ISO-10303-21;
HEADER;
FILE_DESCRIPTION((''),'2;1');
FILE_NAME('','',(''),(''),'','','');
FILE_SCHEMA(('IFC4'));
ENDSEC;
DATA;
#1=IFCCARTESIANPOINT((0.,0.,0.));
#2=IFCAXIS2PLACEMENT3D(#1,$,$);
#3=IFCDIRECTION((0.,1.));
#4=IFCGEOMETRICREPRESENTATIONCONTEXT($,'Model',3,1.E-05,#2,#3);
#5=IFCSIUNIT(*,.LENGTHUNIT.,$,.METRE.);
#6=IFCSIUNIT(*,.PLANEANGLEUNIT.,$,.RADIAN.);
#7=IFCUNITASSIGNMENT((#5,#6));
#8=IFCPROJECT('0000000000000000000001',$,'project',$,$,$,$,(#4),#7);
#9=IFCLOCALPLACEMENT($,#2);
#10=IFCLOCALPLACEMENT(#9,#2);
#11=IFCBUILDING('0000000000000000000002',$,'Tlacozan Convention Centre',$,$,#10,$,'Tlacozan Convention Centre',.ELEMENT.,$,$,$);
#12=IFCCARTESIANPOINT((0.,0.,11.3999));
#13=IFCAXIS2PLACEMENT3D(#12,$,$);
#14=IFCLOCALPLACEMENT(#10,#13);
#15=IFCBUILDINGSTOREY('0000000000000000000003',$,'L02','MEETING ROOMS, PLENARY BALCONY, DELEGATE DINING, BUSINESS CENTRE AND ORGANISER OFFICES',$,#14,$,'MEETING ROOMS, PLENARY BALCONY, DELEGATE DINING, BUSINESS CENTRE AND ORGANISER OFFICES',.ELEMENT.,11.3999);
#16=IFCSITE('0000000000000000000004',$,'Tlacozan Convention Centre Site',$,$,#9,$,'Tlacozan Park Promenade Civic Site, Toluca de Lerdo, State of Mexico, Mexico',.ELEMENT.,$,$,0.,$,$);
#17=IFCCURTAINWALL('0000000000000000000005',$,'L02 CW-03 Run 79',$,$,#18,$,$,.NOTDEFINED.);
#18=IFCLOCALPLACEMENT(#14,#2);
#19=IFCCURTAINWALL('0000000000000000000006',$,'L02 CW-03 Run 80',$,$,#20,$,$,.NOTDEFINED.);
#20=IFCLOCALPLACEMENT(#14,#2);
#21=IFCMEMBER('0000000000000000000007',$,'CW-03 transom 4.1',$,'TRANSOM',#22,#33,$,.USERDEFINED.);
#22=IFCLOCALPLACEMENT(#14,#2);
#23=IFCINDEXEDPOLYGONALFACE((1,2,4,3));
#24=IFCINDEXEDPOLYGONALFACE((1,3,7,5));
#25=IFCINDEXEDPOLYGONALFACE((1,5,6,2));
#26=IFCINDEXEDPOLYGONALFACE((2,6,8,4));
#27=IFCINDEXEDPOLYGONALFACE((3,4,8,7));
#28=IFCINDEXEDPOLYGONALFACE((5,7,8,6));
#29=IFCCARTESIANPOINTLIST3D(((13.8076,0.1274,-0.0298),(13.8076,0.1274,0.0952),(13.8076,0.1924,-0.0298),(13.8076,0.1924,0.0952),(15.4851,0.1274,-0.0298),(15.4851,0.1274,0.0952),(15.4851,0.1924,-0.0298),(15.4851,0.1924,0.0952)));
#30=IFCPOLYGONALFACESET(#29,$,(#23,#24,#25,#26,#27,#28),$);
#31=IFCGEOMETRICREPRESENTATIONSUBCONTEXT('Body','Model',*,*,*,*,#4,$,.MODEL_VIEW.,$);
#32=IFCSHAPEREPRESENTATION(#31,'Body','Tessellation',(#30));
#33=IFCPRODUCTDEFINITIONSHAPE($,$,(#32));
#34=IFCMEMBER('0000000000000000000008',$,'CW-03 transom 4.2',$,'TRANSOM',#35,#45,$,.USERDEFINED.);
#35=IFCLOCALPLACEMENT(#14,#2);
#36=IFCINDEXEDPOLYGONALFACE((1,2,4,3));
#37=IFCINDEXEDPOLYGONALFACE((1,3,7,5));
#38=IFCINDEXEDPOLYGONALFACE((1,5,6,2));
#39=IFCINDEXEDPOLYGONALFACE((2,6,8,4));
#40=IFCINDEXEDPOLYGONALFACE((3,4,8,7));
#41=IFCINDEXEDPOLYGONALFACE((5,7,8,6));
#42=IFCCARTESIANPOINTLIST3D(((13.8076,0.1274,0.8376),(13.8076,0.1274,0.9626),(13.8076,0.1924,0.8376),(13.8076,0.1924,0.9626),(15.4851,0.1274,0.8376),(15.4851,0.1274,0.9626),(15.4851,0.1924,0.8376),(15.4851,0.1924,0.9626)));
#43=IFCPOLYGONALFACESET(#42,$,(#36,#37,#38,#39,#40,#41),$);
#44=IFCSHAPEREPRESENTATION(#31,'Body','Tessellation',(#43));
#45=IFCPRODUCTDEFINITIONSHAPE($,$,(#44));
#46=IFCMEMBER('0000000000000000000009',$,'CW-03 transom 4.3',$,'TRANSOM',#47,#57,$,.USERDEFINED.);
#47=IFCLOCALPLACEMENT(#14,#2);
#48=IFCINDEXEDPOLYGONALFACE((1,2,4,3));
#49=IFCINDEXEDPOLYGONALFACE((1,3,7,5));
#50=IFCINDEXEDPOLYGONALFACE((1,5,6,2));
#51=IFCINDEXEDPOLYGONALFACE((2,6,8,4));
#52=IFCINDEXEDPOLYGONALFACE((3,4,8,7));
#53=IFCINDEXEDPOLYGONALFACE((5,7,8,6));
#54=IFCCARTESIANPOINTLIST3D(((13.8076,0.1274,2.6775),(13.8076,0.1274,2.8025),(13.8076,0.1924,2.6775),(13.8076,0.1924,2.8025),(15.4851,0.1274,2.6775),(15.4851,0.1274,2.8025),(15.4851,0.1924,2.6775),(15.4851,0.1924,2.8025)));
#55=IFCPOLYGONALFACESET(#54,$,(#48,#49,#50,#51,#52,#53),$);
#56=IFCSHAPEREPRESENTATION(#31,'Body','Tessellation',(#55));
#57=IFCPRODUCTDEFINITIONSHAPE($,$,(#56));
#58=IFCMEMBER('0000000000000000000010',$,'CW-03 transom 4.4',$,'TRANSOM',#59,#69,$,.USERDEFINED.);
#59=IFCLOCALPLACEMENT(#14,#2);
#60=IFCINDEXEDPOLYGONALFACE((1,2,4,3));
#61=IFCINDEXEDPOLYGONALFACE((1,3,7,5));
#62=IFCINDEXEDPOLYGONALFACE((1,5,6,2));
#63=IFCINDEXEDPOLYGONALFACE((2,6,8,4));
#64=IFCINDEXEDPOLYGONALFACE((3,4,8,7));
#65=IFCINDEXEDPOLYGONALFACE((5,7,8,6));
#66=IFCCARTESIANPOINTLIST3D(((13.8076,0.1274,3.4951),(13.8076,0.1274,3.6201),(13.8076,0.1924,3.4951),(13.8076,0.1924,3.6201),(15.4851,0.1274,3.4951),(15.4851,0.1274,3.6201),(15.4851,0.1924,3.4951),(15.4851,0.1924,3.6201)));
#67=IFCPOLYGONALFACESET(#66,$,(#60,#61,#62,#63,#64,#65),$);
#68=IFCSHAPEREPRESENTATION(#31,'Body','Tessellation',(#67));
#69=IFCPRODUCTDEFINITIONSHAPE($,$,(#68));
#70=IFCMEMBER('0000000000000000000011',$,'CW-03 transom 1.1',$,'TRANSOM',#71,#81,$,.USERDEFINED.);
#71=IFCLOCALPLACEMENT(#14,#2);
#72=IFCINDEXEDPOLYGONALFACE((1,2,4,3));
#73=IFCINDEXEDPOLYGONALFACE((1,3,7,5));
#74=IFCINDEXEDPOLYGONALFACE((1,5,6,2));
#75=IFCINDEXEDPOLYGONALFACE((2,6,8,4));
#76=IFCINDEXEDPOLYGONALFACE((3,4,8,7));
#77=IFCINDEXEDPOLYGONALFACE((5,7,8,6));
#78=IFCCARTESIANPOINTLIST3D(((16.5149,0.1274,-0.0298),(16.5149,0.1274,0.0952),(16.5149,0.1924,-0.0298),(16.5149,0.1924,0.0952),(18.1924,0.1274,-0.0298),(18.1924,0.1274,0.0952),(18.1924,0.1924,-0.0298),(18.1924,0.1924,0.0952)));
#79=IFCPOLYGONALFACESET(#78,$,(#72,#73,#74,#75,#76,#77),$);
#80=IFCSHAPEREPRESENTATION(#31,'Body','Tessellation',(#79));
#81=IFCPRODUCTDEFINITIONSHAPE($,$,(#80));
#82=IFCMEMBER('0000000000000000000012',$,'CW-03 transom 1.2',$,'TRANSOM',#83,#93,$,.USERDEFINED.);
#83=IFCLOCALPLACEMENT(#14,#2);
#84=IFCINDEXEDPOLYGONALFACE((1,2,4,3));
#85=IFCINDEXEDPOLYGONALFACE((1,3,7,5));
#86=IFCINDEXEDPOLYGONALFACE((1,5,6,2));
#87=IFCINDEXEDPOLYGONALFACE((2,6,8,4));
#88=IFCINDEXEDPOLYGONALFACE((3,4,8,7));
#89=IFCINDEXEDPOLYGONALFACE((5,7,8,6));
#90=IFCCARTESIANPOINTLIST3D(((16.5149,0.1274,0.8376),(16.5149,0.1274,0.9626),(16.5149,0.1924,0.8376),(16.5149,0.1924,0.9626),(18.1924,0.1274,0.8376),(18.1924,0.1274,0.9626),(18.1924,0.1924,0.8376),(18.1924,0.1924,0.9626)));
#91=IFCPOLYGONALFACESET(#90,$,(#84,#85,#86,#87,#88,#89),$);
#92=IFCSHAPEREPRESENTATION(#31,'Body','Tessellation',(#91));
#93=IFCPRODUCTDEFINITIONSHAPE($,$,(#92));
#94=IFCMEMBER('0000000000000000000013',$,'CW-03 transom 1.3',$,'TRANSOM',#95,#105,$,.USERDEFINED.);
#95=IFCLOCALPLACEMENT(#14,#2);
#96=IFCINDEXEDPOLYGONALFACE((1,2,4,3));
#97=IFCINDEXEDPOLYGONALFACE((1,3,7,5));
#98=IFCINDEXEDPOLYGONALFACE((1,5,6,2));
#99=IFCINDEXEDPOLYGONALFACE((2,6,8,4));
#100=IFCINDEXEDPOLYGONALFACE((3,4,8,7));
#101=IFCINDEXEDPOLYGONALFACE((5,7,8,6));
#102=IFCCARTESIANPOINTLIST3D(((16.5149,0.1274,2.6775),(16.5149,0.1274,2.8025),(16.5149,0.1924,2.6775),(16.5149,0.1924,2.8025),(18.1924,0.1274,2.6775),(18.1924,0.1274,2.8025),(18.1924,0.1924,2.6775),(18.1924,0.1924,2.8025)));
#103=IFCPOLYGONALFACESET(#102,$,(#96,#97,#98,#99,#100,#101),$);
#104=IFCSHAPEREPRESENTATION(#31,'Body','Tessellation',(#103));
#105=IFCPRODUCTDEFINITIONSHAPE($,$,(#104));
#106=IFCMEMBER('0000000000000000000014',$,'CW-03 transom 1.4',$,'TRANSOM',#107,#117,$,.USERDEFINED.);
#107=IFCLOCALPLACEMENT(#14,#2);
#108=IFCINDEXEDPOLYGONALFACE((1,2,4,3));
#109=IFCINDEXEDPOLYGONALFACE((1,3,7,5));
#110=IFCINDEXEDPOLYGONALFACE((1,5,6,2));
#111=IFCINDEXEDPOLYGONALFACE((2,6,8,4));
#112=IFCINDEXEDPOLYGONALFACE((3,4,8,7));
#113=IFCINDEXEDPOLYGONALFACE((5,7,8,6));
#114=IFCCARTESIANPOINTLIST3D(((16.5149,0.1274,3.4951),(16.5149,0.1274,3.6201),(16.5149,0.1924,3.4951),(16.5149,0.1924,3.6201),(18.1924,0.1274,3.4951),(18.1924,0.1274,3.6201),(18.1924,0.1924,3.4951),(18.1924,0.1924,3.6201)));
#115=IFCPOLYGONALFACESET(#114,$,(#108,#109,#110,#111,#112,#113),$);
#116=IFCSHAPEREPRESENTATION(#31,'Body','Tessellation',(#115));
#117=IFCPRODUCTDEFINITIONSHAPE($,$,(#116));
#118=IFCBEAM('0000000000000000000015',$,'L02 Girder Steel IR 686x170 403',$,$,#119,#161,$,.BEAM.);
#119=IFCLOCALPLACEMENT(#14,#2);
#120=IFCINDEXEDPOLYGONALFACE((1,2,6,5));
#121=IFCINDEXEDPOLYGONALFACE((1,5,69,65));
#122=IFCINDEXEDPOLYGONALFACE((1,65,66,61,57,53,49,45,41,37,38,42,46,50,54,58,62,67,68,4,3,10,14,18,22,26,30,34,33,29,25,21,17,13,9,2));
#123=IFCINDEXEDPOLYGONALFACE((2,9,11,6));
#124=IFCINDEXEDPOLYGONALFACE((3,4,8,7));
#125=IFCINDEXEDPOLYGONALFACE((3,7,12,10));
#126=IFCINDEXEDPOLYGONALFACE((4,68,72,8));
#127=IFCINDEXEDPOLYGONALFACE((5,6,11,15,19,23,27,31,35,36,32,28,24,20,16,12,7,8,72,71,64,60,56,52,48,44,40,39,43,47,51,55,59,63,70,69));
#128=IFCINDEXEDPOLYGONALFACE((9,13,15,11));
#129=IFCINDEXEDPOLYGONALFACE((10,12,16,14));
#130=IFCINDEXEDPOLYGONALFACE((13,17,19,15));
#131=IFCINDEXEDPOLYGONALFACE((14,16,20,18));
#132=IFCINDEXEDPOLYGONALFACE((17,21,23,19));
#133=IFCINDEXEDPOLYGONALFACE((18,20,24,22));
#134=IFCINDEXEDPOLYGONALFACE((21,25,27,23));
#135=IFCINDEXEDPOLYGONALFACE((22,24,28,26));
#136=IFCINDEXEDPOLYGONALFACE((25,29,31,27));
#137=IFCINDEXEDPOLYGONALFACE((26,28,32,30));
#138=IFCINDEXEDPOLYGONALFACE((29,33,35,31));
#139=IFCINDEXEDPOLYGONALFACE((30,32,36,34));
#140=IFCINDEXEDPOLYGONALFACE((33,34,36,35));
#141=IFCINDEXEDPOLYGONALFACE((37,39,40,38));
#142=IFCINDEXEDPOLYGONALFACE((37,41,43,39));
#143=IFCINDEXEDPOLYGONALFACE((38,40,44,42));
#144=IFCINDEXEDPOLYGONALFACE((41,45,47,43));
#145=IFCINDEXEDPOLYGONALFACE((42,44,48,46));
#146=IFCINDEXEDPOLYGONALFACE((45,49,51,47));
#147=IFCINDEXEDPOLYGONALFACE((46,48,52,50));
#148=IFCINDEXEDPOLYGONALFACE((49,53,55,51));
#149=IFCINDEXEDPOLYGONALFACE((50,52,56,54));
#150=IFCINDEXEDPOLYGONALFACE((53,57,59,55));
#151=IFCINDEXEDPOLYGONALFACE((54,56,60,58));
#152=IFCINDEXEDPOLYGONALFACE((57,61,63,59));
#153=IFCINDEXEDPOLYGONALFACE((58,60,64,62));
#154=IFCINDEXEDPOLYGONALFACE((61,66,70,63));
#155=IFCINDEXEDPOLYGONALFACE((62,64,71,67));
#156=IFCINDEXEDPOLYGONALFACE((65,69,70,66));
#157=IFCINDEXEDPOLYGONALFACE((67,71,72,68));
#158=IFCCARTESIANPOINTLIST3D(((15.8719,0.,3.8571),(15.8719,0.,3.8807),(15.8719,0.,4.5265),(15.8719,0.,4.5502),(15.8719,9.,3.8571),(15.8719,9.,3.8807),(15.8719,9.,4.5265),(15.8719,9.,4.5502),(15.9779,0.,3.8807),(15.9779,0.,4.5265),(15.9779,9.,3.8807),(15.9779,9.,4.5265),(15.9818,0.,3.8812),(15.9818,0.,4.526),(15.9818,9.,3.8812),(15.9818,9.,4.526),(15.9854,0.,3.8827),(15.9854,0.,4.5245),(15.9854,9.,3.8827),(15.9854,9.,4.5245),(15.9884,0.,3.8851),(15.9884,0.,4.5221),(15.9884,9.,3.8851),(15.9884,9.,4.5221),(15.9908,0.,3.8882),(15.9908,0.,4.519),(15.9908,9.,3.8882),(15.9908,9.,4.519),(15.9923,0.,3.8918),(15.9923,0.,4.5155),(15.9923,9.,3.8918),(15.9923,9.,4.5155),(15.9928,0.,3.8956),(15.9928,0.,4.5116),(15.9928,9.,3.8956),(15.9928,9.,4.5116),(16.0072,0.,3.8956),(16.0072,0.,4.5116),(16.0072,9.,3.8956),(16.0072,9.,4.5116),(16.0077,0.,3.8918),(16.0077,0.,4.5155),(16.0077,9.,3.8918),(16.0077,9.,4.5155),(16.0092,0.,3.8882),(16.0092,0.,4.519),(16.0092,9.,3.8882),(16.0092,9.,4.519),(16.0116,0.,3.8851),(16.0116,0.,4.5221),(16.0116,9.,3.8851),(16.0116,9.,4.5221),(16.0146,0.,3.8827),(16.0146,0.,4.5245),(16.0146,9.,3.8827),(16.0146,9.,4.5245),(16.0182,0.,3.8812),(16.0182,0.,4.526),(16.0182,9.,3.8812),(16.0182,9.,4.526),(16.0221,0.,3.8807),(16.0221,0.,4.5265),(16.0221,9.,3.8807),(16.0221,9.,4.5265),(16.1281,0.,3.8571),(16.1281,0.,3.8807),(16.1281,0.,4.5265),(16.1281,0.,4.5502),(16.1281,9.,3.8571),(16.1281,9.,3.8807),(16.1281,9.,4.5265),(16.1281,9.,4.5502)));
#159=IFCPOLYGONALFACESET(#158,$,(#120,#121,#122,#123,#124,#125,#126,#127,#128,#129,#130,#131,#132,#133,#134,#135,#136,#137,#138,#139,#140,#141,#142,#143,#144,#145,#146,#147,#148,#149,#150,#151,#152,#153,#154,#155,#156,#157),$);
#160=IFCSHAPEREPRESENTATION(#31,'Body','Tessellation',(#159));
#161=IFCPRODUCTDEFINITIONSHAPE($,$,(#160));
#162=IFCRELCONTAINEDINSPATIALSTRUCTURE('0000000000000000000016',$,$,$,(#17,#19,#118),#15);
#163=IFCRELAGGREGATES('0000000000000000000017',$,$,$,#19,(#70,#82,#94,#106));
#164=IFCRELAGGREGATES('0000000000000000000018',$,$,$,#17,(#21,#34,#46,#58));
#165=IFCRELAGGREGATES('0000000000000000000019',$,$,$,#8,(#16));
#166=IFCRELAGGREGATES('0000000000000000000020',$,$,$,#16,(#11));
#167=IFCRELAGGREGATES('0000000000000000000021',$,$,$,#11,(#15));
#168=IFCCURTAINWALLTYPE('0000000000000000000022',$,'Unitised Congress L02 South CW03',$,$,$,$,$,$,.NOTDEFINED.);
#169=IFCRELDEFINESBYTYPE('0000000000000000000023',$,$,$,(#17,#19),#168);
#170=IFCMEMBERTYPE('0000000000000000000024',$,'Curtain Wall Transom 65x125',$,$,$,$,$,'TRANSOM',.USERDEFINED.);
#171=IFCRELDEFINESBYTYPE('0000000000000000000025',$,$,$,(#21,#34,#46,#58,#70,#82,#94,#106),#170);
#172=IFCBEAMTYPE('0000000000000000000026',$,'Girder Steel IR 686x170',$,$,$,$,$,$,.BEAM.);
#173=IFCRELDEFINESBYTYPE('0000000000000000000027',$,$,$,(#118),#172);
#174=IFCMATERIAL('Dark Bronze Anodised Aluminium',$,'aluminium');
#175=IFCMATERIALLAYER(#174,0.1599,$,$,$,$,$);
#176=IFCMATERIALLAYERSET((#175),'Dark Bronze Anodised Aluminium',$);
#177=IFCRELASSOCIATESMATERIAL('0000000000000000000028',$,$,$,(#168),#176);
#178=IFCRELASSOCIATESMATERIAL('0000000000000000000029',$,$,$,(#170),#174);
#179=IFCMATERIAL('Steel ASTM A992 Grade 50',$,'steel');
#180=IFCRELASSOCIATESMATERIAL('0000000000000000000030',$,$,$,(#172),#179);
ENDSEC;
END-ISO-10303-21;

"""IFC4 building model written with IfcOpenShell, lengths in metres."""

from ifc_helpers import new_model, si_unit, direction, frame, origin, origin_2d, place, context, subcontext, project, spatial, rectangle, i_section, extrude, material, layer, layer_set, material_profile, profile_set, type_object, element, aggregate, save


model = new_model("IFC4")

# Units and contexts
model_context = context("Model", 3, precision=1e-05, world=origin(), true_north=direction((0.0, 1.0)))
body_context = subcontext(model_context, "Body", "Model", "MODEL_VIEW")
ifc_project = project(units=[si_unit("LENGTHUNIT", "METRE"), si_unit("PLANEANGLEUNIT", "RADIAN")], contexts=[model_context])

# Site, building, storey
site_placement = place(None, origin())
site = spatial("IfcSite", under=ifc_project, at=site_placement, Name="Tlacozan Convention Centre Site", LongName="Tlacozan Park Promenade Civic Site, Toluca de Lerdo, State of Mexico, Mexico", CompositionType="ELEMENT", RefElevation=0.0)
building_placement = place(site_placement, origin())
building = spatial("IfcBuilding", under=site, at=building_placement, Name="Tlacozan Convention Centre", LongName="Tlacozan Convention Centre", CompositionType="ELEMENT")
storey_placement = place(building_placement, frame((0.0, 0.0, 11.3999)))
storey = spatial("IfcBuildingStorey", under=building, at=storey_placement, Name="L02", Description="MEETING ROOMS, PLENARY BALCONY, DELEGATE DINING, BUSINESS CENTRE AND ORGANISER OFFICES", LongName="MEETING ROOMS, PLENARY BALCONY, DELEGATE DINING, BUSINESS CENTRE AND ORGANISER OFFICES", CompositionType="ELEMENT", Elevation=11.3999)

# Curtain wall
ifc_material_1 = material(Name="Dark Bronze Anodised Aluminium", Category="aluminium")
ifc_layer_1 = layer(ifc_material_1, 0.1599)
ifc_layer_set_1 = layer_set([ifc_layer_1], Name="Dark Bronze Anodised Aluminium")
curtain_wall_type = type_object("IfcCurtainWallType", Name="Unitised Congress L02 South CW03", PredefinedType="NOTDEFINED", material=ifc_layer_set_1)
curtain_wall_1_placement = place(storey_placement, origin())
curtain_wall_1 = element("IfcCurtainWall", 1, at=curtain_wall_1_placement, inside=storey, type_object=curtain_wall_type, Name="L02 CW-03 Run 79", PredefinedType="NOTDEFINED")

# Curtain wall
curtain_wall_2_placement = place(storey_placement, origin())
curtain_wall_2 = element("IfcCurtainWall", 2, at=curtain_wall_2_placement, inside=storey, type_object=curtain_wall_type, Name="L02 CW-03 Run 80", PredefinedType="NOTDEFINED")

# Members
ifc_material_profile_1 = material_profile(ifc_material_1, rectangle(XDim=0.0649, YDim=0.125, at=origin_2d()), Name="ALU 65x125")
ifc_profile_set_1 = profile_set([ifc_material_profile_1], Name="Dark Bronze Anodised Aluminium")
member_type_1 = type_object("IfcMemberType", Name="Curtain Wall Transom 65x125", ElementType="TRANSOM", PredefinedType="USERDEFINED", material=ifc_profile_set_1)
member_1_placement = place(storey_placement, frame((13.8076, 0.1599, 0.0327), z_axis=(1.0, 0.0, 0.0), x_axis=(0.0, 1.0, 0.0)))
member_1 = element("IfcMember", 3, at=member_1_placement, type_object=member_type_1, Name="CW-03 transom 4.1", ObjectType="TRANSOM", PredefinedType="USERDEFINED", context=body_context, shape_type="SweptSolid", body=[
    extrude(rectangle(XDim=0.0649, YDim=0.125, at=origin_2d()), origin(), (0.0, 0.0, 1.0), 1.6775),
])
member_2_placement = place(storey_placement, frame((13.8076, 0.1599, 0.9001), z_axis=(1.0, 0.0, 0.0), x_axis=(0.0, 1.0, 0.0)))
member_2 = element("IfcMember", 4, at=member_2_placement, type_object=member_type_1, Name="CW-03 transom 4.2", ObjectType="TRANSOM", PredefinedType="USERDEFINED", context=body_context, shape_type="SweptSolid", body=[
    extrude(rectangle(XDim=0.0649, YDim=0.125, at=origin_2d()), origin(), (0.0, 0.0, 1.0), 1.6775),
])
member_3_placement = place(storey_placement, frame((13.8076, 0.1599, 2.74), z_axis=(1.0, 0.0, 0.0), x_axis=(0.0, 1.0, 0.0)))
member_3 = element("IfcMember", 5, at=member_3_placement, type_object=member_type_1, Name="CW-03 transom 4.3", ObjectType="TRANSOM", PredefinedType="USERDEFINED", context=body_context, shape_type="SweptSolid", body=[
    extrude(rectangle(XDim=0.0649, YDim=0.125, at=origin_2d()), origin(), (0.0, 0.0, 1.0), 1.6775),
])
member_4_placement = place(storey_placement, frame((13.8076, 0.1599, 3.5576), z_axis=(1.0, 0.0, 0.0), x_axis=(0.0, 1.0, 0.0)))
member_4 = element("IfcMember", 6, at=member_4_placement, type_object=member_type_1, Name="CW-03 transom 4.4", ObjectType="TRANSOM", PredefinedType="USERDEFINED", context=body_context, shape_type="SweptSolid", body=[
    extrude(rectangle(XDim=0.0649, YDim=0.125, at=origin_2d()), origin(), (0.0, 0.0, 1.0), 1.6775),
])
member_5_placement = place(storey_placement, frame((16.5149, 0.1599, 0.0327), z_axis=(1.0, 0.0, 0.0), x_axis=(0.0, 1.0, 0.0)))
member_5 = element("IfcMember", 7, at=member_5_placement, type_object=member_type_1, Name="CW-03 transom 1.1", ObjectType="TRANSOM", PredefinedType="USERDEFINED", context=body_context, shape_type="SweptSolid", body=[
    extrude(rectangle(XDim=0.0649, YDim=0.125, at=origin_2d()), origin(), (0.0, 0.0, 1.0), 1.6775),
])
member_6_placement = place(storey_placement, frame((16.5149, 0.1599, 0.9001), z_axis=(1.0, 0.0, 0.0), x_axis=(0.0, 1.0, 0.0)))
member_6 = element("IfcMember", 8, at=member_6_placement, type_object=member_type_1, Name="CW-03 transom 1.2", ObjectType="TRANSOM", PredefinedType="USERDEFINED", context=body_context, shape_type="SweptSolid", body=[
    extrude(rectangle(XDim=0.0649, YDim=0.125, at=origin_2d()), origin(), (0.0, 0.0, 1.0), 1.6775),
])
member_7_placement = place(storey_placement, frame((16.5149, 0.1599, 2.74), z_axis=(1.0, 0.0, 0.0), x_axis=(0.0, 1.0, 0.0)))
member_7 = element("IfcMember", 9, at=member_7_placement, type_object=member_type_1, Name="CW-03 transom 1.3", ObjectType="TRANSOM", PredefinedType="USERDEFINED", context=body_context, shape_type="SweptSolid", body=[
    extrude(rectangle(XDim=0.0649, YDim=0.125, at=origin_2d()), origin(), (0.0, 0.0, 1.0), 1.6775),
])
member_8_placement = place(storey_placement, frame((16.5149, 0.1599, 3.5576), z_axis=(1.0, 0.0, 0.0), x_axis=(0.0, 1.0, 0.0)))
member_8 = element("IfcMember", 10, at=member_8_placement, type_object=member_type_1, Name="CW-03 transom 1.4", ObjectType="TRANSOM", PredefinedType="USERDEFINED", context=body_context, shape_type="SweptSolid", body=[
    extrude(rectangle(XDim=0.0649, YDim=0.125, at=origin_2d()), origin(), (0.0, 0.0, 1.0), 1.6775),
])
aggregate(curtain_wall_2, [member_5, member_6, member_7, member_8])

# Beam
ifc_material_2 = material(Name="Steel ASTM A992 Grade 50", Category="steel")
ifc_material_profile_2 = material_profile(ifc_material_2, i_section(OverallWidth=0.2561, OverallDepth=0.6931, WebThickness=0.0144, FlangeThickness=0.0237, FilletRadius=0.0149, at=origin_2d()), Name="IR 686x170.0")
ifc_profile_set_2 = profile_set([ifc_material_profile_2], Name="Steel ASTM A992 Grade 50")
beam_type_1 = type_object("IfcBeamType", Name="Girder Steel IR 686x170", PredefinedType="BEAM", material=ifc_profile_set_2)
for number, where, z_axis, x_axis, name in (
    (11, (16.0, 0.0, 4.2036), (0.0, 1.0, 0.0), (-1.0, 0.0, 0.0), "L02 Girder Steel IR 686x170 403"),
):
    element("IfcBeam", number, at=place(storey_placement, frame(where, z_axis=z_axis, x_axis=x_axis)), inside=storey, type_object=beam_type_1, Name=name, PredefinedType="BEAM", context=body_context, shape_type="SweptSolid", body=[
        extrude(i_section(OverallWidth=0.2561, OverallDepth=0.6931, WebThickness=0.0144, FlangeThickness=0.0237, FilletRadius=0.0149, at=origin_2d()), origin(), (0.0, 0.0, 1.0), 9.0),
    ])

aggregate(curtain_wall_1, [member_1, member_2, member_3, member_4])

save(model, "model.ifc")
